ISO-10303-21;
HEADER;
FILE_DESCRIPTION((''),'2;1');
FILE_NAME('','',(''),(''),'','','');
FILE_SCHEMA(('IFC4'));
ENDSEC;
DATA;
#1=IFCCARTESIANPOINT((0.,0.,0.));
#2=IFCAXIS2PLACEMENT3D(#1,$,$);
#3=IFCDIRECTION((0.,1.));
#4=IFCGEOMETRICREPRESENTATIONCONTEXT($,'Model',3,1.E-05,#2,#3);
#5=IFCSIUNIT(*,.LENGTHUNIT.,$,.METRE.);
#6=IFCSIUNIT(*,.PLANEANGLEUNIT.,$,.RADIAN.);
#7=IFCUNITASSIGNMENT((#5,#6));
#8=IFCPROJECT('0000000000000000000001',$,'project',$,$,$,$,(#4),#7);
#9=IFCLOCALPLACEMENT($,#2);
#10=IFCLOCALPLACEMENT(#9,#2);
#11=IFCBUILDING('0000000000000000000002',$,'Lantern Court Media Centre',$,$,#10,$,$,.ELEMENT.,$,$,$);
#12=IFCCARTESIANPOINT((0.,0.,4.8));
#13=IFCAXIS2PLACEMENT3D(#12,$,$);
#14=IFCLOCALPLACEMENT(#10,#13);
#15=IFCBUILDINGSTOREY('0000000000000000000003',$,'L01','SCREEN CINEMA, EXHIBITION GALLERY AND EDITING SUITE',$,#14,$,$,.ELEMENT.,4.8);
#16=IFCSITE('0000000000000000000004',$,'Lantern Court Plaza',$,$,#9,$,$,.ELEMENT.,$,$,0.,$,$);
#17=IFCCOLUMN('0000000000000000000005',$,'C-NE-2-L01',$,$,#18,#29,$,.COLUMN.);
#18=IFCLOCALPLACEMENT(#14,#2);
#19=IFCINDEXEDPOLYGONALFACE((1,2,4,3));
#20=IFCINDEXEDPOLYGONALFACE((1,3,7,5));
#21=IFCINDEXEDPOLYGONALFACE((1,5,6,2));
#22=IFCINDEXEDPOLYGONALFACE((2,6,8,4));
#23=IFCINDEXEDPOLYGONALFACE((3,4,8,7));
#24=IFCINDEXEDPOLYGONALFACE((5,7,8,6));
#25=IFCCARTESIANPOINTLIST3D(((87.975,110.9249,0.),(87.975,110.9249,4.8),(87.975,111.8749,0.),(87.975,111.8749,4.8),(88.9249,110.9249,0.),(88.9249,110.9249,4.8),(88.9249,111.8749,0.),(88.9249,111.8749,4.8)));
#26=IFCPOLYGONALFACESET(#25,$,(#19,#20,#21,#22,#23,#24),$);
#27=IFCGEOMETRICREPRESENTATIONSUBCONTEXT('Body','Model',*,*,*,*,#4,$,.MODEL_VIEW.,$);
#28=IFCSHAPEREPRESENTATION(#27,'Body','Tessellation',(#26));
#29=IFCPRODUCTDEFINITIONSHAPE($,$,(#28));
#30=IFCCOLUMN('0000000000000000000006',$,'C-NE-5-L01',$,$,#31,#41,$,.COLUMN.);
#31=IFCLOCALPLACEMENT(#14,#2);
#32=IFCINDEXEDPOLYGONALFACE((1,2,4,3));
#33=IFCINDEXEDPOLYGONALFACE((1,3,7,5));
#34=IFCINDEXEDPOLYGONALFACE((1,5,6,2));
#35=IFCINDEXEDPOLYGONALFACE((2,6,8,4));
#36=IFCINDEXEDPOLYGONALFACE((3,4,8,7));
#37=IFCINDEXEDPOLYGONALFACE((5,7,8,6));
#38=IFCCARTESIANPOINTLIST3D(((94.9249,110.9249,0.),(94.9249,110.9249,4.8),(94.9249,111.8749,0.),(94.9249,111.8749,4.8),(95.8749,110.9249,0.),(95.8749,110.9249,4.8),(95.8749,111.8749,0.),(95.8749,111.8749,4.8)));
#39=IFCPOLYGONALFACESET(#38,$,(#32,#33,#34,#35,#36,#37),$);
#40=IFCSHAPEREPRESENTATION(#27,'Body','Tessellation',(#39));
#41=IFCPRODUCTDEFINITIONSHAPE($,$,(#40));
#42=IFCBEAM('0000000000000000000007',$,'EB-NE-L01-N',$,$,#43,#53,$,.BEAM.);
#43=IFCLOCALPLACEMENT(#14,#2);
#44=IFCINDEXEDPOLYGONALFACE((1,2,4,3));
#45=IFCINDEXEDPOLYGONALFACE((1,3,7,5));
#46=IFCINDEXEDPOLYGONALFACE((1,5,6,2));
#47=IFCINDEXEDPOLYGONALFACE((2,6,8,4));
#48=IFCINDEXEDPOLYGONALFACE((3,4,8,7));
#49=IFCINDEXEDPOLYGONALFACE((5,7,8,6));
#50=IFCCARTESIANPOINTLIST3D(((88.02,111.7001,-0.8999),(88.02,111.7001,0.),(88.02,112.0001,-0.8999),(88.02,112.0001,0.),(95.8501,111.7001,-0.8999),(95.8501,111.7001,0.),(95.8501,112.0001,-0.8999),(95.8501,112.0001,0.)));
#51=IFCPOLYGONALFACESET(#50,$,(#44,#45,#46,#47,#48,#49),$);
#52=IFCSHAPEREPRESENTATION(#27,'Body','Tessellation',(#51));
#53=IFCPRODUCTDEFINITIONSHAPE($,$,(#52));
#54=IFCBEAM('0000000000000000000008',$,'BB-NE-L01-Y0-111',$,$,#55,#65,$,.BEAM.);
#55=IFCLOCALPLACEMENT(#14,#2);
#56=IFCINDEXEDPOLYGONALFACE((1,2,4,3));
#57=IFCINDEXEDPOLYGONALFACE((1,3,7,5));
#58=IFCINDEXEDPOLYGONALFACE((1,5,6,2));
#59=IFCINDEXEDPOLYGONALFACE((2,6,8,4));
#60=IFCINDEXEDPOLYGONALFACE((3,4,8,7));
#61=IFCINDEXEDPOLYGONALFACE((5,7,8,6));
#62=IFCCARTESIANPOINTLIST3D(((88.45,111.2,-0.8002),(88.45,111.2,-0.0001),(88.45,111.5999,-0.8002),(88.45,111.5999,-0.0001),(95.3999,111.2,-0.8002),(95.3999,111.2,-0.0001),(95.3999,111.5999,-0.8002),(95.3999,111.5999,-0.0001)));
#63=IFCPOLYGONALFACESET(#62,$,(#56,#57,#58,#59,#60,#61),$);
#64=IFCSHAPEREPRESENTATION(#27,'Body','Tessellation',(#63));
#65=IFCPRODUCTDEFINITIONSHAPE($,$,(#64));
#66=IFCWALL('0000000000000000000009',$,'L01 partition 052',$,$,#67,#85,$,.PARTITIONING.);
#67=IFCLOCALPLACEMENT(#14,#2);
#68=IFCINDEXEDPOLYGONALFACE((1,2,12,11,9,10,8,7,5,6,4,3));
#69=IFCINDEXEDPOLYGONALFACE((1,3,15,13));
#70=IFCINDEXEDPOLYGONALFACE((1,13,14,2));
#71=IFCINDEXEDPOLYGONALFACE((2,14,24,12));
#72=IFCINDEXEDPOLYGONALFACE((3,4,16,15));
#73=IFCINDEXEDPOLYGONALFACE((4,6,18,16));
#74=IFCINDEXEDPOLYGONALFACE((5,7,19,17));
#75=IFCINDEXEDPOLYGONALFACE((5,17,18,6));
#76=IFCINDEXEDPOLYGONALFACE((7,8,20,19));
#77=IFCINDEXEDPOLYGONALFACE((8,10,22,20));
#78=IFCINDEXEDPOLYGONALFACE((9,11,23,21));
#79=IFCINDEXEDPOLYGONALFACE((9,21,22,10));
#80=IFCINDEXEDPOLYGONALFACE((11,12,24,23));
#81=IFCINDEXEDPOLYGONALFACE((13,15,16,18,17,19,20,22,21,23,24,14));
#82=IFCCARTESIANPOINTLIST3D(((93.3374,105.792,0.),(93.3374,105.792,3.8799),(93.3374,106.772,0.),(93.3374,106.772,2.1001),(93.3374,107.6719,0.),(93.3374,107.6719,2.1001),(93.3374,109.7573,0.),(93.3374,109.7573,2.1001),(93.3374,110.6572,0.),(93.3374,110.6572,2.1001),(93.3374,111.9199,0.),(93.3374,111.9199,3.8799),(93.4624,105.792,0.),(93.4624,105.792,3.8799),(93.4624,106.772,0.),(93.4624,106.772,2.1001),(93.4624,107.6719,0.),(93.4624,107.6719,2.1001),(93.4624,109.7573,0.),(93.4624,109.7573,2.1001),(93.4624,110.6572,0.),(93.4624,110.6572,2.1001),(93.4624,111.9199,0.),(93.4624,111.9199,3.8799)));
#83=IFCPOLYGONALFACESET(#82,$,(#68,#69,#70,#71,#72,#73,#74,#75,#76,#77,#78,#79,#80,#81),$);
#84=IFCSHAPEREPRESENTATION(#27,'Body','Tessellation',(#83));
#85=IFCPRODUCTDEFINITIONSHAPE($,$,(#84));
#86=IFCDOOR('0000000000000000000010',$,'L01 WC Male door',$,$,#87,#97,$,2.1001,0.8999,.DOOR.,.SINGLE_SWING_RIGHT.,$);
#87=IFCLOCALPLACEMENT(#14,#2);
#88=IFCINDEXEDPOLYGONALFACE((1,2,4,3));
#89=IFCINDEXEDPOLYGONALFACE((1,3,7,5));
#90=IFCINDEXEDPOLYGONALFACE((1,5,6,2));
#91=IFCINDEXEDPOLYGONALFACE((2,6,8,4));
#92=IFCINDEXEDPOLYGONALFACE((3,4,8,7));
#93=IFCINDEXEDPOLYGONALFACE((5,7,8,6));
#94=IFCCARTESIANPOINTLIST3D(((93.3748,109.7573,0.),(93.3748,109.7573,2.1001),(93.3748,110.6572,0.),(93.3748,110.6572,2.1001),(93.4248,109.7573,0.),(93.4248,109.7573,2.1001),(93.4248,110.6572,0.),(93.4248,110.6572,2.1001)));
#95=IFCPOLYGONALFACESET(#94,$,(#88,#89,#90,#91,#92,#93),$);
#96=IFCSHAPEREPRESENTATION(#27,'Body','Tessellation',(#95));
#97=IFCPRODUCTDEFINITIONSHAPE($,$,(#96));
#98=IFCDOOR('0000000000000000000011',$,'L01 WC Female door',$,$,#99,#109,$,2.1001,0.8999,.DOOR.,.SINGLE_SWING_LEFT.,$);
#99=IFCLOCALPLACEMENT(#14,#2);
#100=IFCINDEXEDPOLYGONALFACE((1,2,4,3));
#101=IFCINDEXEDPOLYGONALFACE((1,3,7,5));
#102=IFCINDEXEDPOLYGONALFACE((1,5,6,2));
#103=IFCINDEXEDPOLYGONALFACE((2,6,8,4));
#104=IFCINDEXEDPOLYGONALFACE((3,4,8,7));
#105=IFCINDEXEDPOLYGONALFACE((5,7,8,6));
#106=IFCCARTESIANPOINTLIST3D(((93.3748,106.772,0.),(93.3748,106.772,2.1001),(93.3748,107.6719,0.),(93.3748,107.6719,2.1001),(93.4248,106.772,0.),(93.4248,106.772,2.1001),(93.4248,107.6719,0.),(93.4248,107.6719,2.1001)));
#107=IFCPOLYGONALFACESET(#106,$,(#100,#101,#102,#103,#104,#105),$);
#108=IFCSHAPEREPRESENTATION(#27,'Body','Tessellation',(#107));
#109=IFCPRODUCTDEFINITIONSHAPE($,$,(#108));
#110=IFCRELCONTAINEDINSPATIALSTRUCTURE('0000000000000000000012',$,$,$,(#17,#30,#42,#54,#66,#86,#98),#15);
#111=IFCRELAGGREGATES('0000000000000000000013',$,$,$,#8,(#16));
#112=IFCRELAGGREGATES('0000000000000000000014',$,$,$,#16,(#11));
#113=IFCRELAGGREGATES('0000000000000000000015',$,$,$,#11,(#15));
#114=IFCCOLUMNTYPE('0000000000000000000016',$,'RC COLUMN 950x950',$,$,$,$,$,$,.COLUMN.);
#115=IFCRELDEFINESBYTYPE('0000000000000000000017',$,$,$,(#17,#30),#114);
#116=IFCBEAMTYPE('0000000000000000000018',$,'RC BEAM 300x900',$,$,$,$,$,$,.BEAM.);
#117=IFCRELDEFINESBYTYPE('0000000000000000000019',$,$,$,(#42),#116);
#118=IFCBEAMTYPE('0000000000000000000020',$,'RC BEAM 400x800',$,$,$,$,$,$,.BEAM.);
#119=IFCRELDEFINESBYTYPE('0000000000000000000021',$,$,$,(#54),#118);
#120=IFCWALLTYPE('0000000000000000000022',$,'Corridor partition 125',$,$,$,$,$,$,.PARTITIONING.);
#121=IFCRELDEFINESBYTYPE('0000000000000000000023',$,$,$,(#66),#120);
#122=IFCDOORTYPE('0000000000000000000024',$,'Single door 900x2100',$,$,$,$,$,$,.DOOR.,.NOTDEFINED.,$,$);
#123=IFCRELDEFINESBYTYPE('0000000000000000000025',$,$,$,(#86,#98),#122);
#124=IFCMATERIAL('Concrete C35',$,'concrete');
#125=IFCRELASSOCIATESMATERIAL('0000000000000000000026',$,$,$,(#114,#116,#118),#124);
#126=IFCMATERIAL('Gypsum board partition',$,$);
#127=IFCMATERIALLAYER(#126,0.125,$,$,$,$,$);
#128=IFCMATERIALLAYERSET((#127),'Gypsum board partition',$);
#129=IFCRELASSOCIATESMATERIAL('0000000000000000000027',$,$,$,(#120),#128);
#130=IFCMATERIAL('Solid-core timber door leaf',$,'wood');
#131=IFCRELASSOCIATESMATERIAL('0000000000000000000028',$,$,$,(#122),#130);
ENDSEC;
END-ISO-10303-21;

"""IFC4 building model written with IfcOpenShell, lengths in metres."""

from ifc_helpers import new_model, si_unit, direction, frame, frame_2d, origin, origin_2d, place, context, subcontext, project, spatial, rectangle, extrude, material, layer, layer_set, material_profile, profile_set, type_object, element, fill, save


model = new_model("IFC4")

# Units and contexts
model_context = context("Model", 3, precision=1e-05, world=origin(), true_north=direction((0.0, 1.0)))
body_context = subcontext(model_context, "Body", "Model", "MODEL_VIEW")
ifc_project = project(units=[si_unit("LENGTHUNIT", "METRE"), si_unit("PLANEANGLEUNIT", "RADIAN")], contexts=[model_context])

# Site, building, storey
site_placement = place(None, origin())
site = spatial("IfcSite", under=ifc_project, at=site_placement, Name="Lantern Court Plaza", CompositionType="ELEMENT", RefElevation=0.0)
building_placement = place(site_placement, origin())
building = spatial("IfcBuilding", under=site, at=building_placement, Name="Lantern Court Media Centre", CompositionType="ELEMENT")
storey_placement = place(building_placement, frame((0.0, 0.0, 4.8)))
storey = spatial("IfcBuildingStorey", under=building, at=storey_placement, Name="L01", Description="SCREEN CINEMA, EXHIBITION GALLERY AND EDITING SUITE", CompositionType="ELEMENT", Elevation=4.8)

# Columns
ifc_material_1 = material(Name="Concrete C35", Category="concrete")
ifc_material_profile_1 = material_profile(ifc_material_1, rectangle(XDim=0.95, YDim=0.95, at=origin_2d()), Name="RC 950x950")
ifc_profile_set_1 = profile_set([ifc_material_profile_1], Name="Concrete C35")
column_type = type_object("IfcColumnType", Name="RC COLUMN 950x950", PredefinedType="COLUMN", material=ifc_profile_set_1)
for number, where, z_axis, x_axis, name in (
    (1, (88.45, 111.3999, 0.0), (0.0, 0.0, 1.0), (1.0, 0.0, 0.0), "C-NE-2-L01"),
    (2, (95.3999, 111.3999, 0.0), (0.0, 0.0, 1.0), (1.0, 0.0, 0.0), "C-NE-5-L01"),
):
    element("IfcColumn", number, at=place(storey_placement, frame(where, z_axis=z_axis, x_axis=x_axis)), inside=storey, type_object=column_type, Name=name, PredefinedType="COLUMN", context=body_context, shape_type="SweptSolid", body=[
        extrude(rectangle(XDim=0.95, YDim=0.95, at=origin_2d()), origin(), (0.0, 0.0, 1.0), 4.8),
    ])

# Beams
ifc_material_profile_2 = material_profile(ifc_material_1, rectangle(XDim=0.3, YDim=0.8999, at=origin_2d()), Name="RC 300x900")
ifc_profile_set_2 = profile_set([ifc_material_profile_2], Name="Concrete C35")
beam_type_1 = type_object("IfcBeamType", Name="RC BEAM 300x900", PredefinedType="BEAM", material=ifc_profile_set_2)
beam_1_placement = place(storey_placement, frame((88.02, 111.8501, -0.45), z_axis=(1.0, 0.0, 0.0), x_axis=(0.0, 1.0, 0.0)))
element("IfcBeam", 3, at=beam_1_placement, inside=storey, type_object=beam_type_1, Name="EB-NE-L01-N", PredefinedType="BEAM", context=body_context, shape_type="SweptSolid", body=[
    extrude(rectangle(XDim=0.3, YDim=0.8999, at=origin_2d()), origin(), (0.0, 0.0, 1.0), 7.8301),
])
ifc_material_profile_3 = material_profile(ifc_material_1, rectangle(XDim=0.3999, YDim=0.8, at=origin_2d()), Name="RC 400x800")
ifc_profile_set_3 = profile_set([ifc_material_profile_3], Name="Concrete C35")
beam_type_2 = type_object("IfcBeamType", Name="RC BEAM 400x800", PredefinedType="BEAM", material=ifc_profile_set_3)
beam_2_placement = place(storey_placement, frame((88.45, 111.3999, -0.4001), z_axis=(1.0, 0.0, 0.0), x_axis=(0.0, 1.0, 0.0)))
element("IfcBeam", 4, at=beam_2_placement, inside=storey, type_object=beam_type_2, Name="BB-NE-L01-Y0-111", PredefinedType="BEAM", context=body_context, shape_type="SweptSolid", body=[
    extrude(rectangle(XDim=0.3999, YDim=0.8, at=origin_2d()), origin(), (0.0, 0.0, 1.0), 6.95),
])

# Wall, openings, doors
ifc_material_2 = material(Name="Gypsum board partition")
ifc_layer_1 = layer(ifc_material_2, 0.125)
ifc_layer_set_1 = layer_set([ifc_layer_1], Name="Gypsum board partition")
wall_type_1 = type_object("IfcWallType", Name="Corridor partition 125", PredefinedType="PARTITIONING", material=ifc_layer_set_1)
wall_1_placement = place(storey_placement, frame((93.3999, 105.792, 0.0), z_axis=(0.0, 0.0, 1.0), x_axis=(0.0, 1.0, 0.0)))
wall_1 = element("IfcWall", 5, at=wall_1_placement, inside=storey, type_object=wall_type_1, Name="L01 partition 052", PredefinedType="PARTITIONING", context=body_context, shape_type="SweptSolid", body=[
    extrude(rectangle(XDim=6.1279, YDim=0.125, at=frame_2d((3.064, 0.0))), origin(), (0.0, 0.0, 1.0), 3.8799),
])
opening_1_placement = place(wall_1_placement, frame((3.9653, 0.0, 0.0)))
opening_1 = element("IfcOpeningElement", 6, at=opening_1_placement, cuts=wall_1, PredefinedType="OPENING", context=body_context, shape_type="SweptSolid", body=[
    extrude(rectangle(XDim=0.8999, YDim=2.1001, at=frame_2d((0.45, 1.05))), frame((0.0, 0.0725, 0.0), z_axis=(0.0, -1.0, 0.0), x_axis=(1.0, 0.0, 0.0)), (0.0, 0.0, 1.0), 0.145),
])
opening_2_placement = place(wall_1_placement, frame((0.98, 0.0, 0.0)))
opening_2 = element("IfcOpeningElement", 7, at=opening_2_placement, cuts=wall_1, PredefinedType="OPENING", context=body_context, shape_type="SweptSolid", body=[
    extrude(rectangle(XDim=0.8999, YDim=2.1001, at=frame_2d((0.45, 1.05))), frame((0.0, 0.0725, 0.0), z_axis=(0.0, -1.0, 0.0), x_axis=(1.0, 0.0, 0.0)), (0.0, 0.0, 1.0), 0.145),
])
ifc_material_3 = material(Name="Solid-core timber door leaf", Category="wood")
door_type = type_object("IfcDoorType", Name="Single door 900x2100", OperationType="NOTDEFINED", PredefinedType="DOOR", material=ifc_material_3)
door_1_placement = place(opening_1_placement, frame((0.8999, 0.0, 0.0), z_axis=(0.0, 0.0, 1.0), x_axis=(-1.0, 0.0, 0.0)))
door_1 = element("IfcDoor", 8, at=door_1_placement, inside=storey, type_object=door_type, Name="L01 WC Male door", OperationType="SINGLE_SWING_RIGHT", OverallHeight=2.1001, OverallWidth=0.8999, PredefinedType="DOOR", context=body_context, shape_type="SweptSolid", body=[
    extrude(rectangle(XDim=0.8999, YDim=2.1001, at=frame_2d((0.45, 1.05))), frame((0.0, 0.0249, 0.0), z_axis=(0.0, -1.0, 0.0), x_axis=(1.0, 0.0, 0.0)), (0.0, 0.0, 1.0), 0.05),
])
fill(opening_1, door_1)
door_2_placement = place(opening_2_placement, frame((0.8999, 0.0, 0.0), z_axis=(0.0, 0.0, 1.0), x_axis=(-1.0, 0.0, 0.0)))
door_2 = element("IfcDoor", 9, at=door_2_placement, inside=storey, type_object=door_type, Name="L01 WC Female door", OperationType="SINGLE_SWING_LEFT", OverallHeight=2.1001, OverallWidth=0.8999, PredefinedType="DOOR", context=body_context, shape_type="SweptSolid", body=[
    extrude(rectangle(XDim=0.8999, YDim=2.1001, at=frame_2d((0.45, 1.05))), frame((0.0, 0.0249, 0.0), z_axis=(0.0, -1.0, 0.0), x_axis=(1.0, 0.0, 0.0)), (0.0, 0.0, 1.0), 0.05),
])
fill(opening_2, door_2)

save(model, "model.ifc")
